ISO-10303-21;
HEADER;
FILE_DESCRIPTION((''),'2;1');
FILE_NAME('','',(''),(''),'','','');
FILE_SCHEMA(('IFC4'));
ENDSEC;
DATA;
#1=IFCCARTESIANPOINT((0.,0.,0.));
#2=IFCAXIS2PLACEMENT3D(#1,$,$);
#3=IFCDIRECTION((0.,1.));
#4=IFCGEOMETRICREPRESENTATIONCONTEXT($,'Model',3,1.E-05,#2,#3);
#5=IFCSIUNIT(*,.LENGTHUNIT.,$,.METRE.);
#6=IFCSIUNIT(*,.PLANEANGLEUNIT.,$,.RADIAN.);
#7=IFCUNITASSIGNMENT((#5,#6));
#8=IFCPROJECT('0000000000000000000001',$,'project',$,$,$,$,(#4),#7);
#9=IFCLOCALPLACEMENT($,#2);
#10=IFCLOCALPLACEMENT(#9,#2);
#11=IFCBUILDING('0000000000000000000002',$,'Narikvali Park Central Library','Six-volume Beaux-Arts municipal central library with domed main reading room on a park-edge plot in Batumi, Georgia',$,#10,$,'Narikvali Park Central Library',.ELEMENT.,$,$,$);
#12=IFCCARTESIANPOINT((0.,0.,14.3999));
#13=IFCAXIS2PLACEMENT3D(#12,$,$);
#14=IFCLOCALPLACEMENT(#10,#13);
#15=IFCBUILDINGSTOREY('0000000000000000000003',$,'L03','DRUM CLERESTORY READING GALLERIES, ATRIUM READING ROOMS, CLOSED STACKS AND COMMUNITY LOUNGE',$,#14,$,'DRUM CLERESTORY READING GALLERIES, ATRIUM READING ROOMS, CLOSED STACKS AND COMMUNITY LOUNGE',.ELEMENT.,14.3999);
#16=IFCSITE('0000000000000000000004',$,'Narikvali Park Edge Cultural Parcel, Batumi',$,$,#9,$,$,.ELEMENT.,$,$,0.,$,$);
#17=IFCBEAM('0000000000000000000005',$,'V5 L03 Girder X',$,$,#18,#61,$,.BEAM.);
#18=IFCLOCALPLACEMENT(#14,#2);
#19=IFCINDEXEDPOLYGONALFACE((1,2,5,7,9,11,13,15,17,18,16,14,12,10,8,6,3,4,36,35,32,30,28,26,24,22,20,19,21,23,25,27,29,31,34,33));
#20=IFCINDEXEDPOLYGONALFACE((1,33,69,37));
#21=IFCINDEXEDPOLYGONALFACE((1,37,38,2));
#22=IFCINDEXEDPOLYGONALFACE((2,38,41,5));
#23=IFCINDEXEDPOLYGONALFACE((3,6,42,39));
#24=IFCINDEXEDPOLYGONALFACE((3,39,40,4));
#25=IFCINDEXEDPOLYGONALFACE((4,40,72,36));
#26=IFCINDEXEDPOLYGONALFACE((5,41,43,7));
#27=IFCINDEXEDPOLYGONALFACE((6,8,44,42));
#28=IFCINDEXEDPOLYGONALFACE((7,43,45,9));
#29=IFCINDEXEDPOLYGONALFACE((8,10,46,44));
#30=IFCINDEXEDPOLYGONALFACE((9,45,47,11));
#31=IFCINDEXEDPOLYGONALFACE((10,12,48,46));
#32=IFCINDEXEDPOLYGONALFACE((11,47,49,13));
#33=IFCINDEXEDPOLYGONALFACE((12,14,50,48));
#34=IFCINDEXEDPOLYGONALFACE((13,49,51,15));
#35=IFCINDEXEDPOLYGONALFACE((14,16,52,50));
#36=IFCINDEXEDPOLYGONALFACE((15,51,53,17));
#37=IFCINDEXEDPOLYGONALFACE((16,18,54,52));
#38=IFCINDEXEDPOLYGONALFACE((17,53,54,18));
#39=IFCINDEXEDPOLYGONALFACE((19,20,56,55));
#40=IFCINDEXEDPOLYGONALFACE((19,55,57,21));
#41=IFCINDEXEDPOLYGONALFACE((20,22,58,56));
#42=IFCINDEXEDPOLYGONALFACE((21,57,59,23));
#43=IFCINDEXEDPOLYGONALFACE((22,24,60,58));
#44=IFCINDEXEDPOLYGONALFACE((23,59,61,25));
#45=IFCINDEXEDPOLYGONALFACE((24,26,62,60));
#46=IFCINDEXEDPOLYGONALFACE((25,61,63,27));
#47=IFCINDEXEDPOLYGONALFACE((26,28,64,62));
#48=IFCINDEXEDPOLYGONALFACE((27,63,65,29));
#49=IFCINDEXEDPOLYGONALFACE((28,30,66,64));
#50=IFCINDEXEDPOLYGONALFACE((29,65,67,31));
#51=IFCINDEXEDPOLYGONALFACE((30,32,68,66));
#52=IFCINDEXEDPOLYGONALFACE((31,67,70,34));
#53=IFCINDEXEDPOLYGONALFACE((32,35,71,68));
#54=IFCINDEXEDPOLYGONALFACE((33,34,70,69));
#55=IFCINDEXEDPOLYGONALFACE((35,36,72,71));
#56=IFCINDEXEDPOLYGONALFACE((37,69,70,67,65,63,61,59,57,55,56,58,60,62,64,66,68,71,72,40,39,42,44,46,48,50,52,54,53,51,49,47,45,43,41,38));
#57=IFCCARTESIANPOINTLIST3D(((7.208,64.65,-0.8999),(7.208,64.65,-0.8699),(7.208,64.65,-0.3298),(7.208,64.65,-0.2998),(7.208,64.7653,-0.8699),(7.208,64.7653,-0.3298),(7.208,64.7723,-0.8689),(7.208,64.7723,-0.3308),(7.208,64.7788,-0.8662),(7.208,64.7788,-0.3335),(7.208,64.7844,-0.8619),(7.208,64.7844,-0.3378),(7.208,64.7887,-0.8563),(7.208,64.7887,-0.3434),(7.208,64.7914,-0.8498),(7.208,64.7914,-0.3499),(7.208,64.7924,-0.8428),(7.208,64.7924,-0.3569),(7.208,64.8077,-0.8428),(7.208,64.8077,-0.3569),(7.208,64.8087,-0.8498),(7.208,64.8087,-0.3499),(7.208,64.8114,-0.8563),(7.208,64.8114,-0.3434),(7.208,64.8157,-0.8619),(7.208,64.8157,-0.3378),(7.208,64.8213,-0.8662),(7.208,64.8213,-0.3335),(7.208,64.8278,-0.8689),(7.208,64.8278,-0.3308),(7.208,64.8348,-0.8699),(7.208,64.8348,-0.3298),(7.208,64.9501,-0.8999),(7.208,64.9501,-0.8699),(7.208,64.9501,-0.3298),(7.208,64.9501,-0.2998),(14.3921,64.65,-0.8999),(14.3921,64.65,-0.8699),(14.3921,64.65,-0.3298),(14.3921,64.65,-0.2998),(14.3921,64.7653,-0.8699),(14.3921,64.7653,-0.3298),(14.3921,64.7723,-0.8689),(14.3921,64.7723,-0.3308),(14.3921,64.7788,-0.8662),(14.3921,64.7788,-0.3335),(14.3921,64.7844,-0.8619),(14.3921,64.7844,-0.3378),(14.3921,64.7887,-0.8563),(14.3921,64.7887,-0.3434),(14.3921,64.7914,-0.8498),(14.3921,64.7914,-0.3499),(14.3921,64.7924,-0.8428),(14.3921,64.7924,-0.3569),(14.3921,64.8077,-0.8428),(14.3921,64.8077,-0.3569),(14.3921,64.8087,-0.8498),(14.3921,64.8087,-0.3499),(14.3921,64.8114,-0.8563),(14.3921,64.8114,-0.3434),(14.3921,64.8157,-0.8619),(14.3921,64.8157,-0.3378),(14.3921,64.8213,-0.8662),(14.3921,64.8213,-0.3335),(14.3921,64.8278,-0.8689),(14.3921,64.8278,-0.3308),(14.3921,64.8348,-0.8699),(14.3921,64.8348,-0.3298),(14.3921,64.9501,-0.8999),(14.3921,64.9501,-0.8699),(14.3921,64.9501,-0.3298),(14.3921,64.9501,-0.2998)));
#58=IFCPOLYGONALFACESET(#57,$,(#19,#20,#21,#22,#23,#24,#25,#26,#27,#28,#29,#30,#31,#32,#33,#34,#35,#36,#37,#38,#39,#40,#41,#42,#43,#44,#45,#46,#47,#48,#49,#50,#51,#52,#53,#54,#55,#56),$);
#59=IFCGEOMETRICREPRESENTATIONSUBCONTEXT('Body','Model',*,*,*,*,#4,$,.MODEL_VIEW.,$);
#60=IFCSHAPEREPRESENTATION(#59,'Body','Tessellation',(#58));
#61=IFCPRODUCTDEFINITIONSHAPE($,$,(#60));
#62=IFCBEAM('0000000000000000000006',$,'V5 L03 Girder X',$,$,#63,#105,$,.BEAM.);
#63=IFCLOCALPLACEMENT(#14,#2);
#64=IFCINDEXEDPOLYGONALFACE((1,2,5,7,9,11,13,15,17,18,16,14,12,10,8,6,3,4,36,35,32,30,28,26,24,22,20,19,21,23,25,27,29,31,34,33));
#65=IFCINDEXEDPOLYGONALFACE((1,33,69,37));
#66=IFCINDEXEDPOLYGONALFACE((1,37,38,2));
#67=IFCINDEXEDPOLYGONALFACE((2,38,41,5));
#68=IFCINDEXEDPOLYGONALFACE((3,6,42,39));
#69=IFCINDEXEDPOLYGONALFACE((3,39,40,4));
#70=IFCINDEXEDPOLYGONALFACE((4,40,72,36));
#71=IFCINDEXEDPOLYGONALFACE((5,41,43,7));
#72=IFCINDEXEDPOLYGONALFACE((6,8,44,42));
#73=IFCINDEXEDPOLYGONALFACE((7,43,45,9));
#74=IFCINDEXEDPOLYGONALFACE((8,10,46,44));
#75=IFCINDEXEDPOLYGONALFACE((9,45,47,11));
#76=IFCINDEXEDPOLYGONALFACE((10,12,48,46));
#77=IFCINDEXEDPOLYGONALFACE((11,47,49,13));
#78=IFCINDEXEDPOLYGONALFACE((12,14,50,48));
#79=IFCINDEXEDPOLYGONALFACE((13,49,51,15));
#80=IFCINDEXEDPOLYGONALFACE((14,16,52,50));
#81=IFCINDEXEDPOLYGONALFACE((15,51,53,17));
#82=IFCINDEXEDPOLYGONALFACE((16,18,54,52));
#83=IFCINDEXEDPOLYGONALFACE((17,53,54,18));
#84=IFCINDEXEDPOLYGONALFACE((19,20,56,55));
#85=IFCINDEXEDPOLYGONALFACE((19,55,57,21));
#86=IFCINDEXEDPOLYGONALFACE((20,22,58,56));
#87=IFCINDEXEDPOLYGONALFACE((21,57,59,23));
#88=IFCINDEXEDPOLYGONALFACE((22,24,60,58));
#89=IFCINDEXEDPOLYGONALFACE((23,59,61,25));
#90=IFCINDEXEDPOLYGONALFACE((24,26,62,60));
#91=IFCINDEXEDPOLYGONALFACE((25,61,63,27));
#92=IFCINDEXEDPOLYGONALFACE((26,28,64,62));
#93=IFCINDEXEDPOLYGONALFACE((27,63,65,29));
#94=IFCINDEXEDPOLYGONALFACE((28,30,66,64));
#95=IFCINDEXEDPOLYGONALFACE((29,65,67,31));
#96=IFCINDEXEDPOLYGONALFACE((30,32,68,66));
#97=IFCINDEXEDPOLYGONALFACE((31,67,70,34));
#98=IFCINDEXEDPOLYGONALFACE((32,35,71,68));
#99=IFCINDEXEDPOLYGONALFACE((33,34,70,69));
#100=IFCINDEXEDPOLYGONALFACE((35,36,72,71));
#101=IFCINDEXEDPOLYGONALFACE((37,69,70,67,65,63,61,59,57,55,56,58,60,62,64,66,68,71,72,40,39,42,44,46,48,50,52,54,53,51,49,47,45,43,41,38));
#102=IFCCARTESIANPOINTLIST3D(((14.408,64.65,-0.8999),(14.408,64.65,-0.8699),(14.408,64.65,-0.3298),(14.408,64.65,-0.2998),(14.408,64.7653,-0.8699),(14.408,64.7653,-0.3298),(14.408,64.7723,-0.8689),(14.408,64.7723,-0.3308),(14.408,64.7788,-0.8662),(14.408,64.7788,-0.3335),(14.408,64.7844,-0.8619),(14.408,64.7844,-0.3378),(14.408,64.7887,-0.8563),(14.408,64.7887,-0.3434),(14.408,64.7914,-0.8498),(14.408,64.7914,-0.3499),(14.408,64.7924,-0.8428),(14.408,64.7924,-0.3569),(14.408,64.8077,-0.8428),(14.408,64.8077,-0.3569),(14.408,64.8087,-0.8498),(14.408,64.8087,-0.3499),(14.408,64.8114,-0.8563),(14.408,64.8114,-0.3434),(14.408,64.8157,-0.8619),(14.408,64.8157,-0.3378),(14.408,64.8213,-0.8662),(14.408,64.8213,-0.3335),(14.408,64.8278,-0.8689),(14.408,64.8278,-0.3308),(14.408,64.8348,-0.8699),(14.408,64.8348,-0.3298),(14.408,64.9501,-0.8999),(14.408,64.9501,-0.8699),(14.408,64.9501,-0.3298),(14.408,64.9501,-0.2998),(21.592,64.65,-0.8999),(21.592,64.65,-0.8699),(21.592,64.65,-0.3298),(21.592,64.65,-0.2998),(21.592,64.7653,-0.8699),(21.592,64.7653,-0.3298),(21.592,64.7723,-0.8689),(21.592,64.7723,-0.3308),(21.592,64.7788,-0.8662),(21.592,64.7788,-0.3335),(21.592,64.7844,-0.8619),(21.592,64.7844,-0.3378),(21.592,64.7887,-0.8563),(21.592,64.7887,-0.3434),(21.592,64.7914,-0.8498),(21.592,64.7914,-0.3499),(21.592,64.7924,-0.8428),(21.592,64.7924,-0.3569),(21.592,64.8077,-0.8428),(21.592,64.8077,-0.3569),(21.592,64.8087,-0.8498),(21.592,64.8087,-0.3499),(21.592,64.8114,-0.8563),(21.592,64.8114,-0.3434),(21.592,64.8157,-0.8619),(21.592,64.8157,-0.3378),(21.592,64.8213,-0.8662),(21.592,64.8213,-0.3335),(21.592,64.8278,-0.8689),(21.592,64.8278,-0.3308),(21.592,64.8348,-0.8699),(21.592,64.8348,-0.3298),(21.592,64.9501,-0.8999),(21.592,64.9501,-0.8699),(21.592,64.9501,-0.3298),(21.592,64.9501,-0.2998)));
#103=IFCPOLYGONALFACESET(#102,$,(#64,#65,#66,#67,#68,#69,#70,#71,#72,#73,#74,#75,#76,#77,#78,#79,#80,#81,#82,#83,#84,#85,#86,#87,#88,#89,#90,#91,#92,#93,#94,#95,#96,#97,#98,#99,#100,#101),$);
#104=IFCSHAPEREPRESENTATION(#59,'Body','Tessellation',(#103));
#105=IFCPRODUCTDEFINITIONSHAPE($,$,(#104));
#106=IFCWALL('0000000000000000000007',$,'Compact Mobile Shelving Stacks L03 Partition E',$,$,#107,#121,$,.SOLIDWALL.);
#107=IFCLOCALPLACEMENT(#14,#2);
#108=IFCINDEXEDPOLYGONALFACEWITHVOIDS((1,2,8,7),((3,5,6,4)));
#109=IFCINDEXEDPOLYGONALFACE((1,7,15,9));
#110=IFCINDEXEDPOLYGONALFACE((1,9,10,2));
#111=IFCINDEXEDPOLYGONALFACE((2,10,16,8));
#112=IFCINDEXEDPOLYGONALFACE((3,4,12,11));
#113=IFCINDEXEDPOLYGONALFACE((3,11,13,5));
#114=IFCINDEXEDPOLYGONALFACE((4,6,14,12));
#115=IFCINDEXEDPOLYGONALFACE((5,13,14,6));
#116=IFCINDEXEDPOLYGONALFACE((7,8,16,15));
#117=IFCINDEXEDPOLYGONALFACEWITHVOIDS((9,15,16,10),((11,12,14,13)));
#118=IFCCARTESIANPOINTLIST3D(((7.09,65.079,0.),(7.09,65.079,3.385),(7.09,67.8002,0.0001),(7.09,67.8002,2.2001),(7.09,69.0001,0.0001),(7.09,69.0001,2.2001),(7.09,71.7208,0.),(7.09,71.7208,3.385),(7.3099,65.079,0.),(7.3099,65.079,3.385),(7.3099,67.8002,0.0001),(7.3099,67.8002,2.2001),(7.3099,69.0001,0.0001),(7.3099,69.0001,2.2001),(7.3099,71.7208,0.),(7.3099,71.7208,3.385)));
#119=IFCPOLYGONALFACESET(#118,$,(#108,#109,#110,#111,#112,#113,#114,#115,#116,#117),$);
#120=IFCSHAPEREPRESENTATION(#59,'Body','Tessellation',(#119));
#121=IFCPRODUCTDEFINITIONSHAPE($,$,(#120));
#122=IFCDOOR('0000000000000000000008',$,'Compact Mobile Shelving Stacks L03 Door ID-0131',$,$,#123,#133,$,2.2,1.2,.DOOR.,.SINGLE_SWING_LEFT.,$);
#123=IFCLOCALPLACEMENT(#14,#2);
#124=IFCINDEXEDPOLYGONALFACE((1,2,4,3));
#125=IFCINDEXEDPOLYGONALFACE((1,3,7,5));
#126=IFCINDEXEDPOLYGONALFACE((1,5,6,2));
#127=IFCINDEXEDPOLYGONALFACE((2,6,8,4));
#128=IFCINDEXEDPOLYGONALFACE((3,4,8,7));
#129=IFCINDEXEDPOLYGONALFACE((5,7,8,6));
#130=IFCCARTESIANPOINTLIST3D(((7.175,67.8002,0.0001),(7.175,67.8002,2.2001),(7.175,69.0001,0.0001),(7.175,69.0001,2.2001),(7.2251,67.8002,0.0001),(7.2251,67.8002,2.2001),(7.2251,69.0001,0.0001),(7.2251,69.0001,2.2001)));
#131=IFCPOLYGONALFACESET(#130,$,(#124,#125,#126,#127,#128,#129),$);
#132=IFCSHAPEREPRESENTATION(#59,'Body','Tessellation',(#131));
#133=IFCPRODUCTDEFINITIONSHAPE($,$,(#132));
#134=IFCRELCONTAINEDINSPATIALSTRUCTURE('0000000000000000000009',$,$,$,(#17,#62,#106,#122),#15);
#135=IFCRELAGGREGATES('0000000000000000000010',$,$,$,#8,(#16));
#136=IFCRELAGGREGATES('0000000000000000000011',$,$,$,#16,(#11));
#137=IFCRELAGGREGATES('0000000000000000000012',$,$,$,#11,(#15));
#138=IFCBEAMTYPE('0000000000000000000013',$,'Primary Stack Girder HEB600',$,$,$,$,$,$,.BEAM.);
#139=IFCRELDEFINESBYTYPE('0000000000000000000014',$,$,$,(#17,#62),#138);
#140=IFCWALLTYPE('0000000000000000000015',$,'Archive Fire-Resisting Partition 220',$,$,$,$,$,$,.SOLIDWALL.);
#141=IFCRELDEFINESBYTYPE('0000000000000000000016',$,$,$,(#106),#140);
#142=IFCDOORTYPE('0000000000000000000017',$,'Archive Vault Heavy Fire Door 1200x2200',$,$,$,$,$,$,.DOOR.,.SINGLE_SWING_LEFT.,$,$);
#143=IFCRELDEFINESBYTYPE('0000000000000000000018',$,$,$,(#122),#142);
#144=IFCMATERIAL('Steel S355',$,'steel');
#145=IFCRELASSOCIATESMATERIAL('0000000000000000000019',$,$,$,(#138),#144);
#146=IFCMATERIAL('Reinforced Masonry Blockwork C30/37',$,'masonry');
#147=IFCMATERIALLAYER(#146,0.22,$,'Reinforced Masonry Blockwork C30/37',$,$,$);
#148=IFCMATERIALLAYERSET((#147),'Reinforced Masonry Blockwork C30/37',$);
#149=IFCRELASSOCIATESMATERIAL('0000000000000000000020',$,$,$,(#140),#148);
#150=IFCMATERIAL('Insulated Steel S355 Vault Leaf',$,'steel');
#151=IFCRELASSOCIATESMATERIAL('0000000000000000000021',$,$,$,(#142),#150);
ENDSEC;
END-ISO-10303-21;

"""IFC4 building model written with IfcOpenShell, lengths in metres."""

from ifc_helpers import new_model, si_unit, direction, frame, frame_2d, origin, origin_2d, place, context, subcontext, project, spatial, rectangle, i_section, extrude, material, layer, layer_set, material_profile, profile_set, type_object, element, fill, save


model = new_model("IFC4")

# Units and contexts
model_context = context("Model", 3, precision=1e-05, world=origin(), true_north=direction((0.0, 1.0)))
body_context = subcontext(model_context, "Body", "Model", "MODEL_VIEW")
ifc_project = project(units=[si_unit("LENGTHUNIT", "METRE"), si_unit("PLANEANGLEUNIT", "RADIAN")], contexts=[model_context])

# Site, building, storey
site_placement = place(None, origin())
site = spatial("IfcSite", under=ifc_project, at=site_placement, Name="Narikvali Park Edge Cultural Parcel, Batumi", CompositionType="ELEMENT", RefElevation=0.0)
building_placement = place(site_placement, origin())
building = spatial("IfcBuilding", under=site, at=building_placement, Name="Narikvali Park Central Library", Description="Six-volume Beaux-Arts municipal central library with domed main reading room on a park-edge plot in Batumi, Georgia", LongName="Narikvali Park Central Library", CompositionType="ELEMENT")
storey_placement = place(building_placement, frame((0.0, 0.0, 14.3999)))
storey = spatial("IfcBuildingStorey", under=building, at=storey_placement, Name="L03", Description="DRUM CLERESTORY READING GALLERIES, ATRIUM READING ROOMS, CLOSED STACKS AND COMMUNITY LOUNGE", LongName="DRUM CLERESTORY READING GALLERIES, ATRIUM READING ROOMS, CLOSED STACKS AND COMMUNITY LOUNGE", CompositionType="ELEMENT", Elevation=14.3999)

# Shared definitions
ifc_material_1 = material(Name="Steel S355", Category="steel")

# Beams
ifc_material_profile_1 = material_profile(ifc_material_1, i_section(OverallWidth=0.3, OverallDepth=0.6001, WebThickness=0.0154, FlangeThickness=0.03, FilletRadius=0.0271, at=origin_2d()), Name="HEB 600")
ifc_profile_set_1 = profile_set([ifc_material_profile_1], Name="Steel S355")
beam_type_1 = type_object("IfcBeamType", Name="Primary Stack Girder HEB600", PredefinedType="BEAM", material=ifc_profile_set_1)
for number, where, z_axis, x_axis, name in (
    (1, (7.208, 64.8, -0.5999), (1.0, 0.0, 0.0), (0.0, 1.0, 0.0), "V5 L03 Girder X"),
    (2, (14.408, 64.8, -0.5999), (1.0, 0.0, 0.0), (0.0, 1.0, 0.0), "V5 L03 Girder X"),
):
    element("IfcBeam", number, at=place(storey_placement, frame(where, z_axis=z_axis, x_axis=x_axis)), inside=storey, type_object=beam_type_1, Name=name, PredefinedType="BEAM", context=body_context, shape_type="SweptSolid", body=[
        extrude(i_section(OverallWidth=0.3, OverallDepth=0.6001, WebThickness=0.0154, FlangeThickness=0.03, FilletRadius=0.0271, at=origin_2d()), origin(), (0.0, 0.0, 1.0), 7.1841),
    ])

# Wall, opening, door
ifc_material_2 = material(Name="Reinforced Masonry Blockwork C30/37", Category="masonry")
ifc_layer = layer(ifc_material_2, 0.22, Name="Reinforced Masonry Blockwork C30/37")
ifc_layer_set = layer_set([ifc_layer], Name="Reinforced Masonry Blockwork C30/37")
wall_type = type_object("IfcWallType", Name="Archive Fire-Resisting Partition 220", PredefinedType="SOLIDWALL", material=ifc_layer_set)
wall_placement = place(storey_placement, frame((7.2, 65.0791, 0.0), z_axis=(0.0, 0.0, 1.0), x_axis=(0.0, 1.0, 0.0)))
wall = element("IfcWall", 3, at=wall_placement, inside=storey, type_object=wall_type, Name="Compact Mobile Shelving Stacks L03 Partition E", PredefinedType="SOLIDWALL", context=body_context, shape_type="SweptSolid", body=[
    extrude(rectangle(XDim=6.6418, YDim=0.22, at=frame_2d((3.3208, 0.0))), origin(), (0.0, 0.0, 1.0), 3.385),
])
opening_placement = place(wall_placement, frame((2.7209, 0.0, 0.0)))
opening = element("IfcOpeningElement", 4, at=opening_placement, cuts=wall, PredefinedType="OPENING", context=body_context, shape_type="SweptSolid", body=[
    extrude(rectangle(XDim=1.2, YDim=2.2, at=frame_2d((0.6001, 1.1001))), frame((0.0, 0.1221, 0.0), z_axis=(0.0, -1.0, 0.0), x_axis=(1.0, 0.0, 0.0)), (0.0, 0.0, 1.0), 0.2439),
])
ifc_material_3 = material(Name="Insulated Steel S355 Vault Leaf", Category="steel")
door_type = type_object("IfcDoorType", Name="Archive Vault Heavy Fire Door 1200x2200", OperationType="SINGLE_SWING_LEFT", PredefinedType="DOOR", material=ifc_material_3)
door_placement = place(opening_placement, origin())
door = element("IfcDoor", 5, at=door_placement, inside=storey, type_object=door_type, Name="Compact Mobile Shelving Stacks L03 Door ID-0131", OperationType="SINGLE_SWING_LEFT", OverallHeight=2.2, OverallWidth=1.2, PredefinedType="DOOR", context=body_context, shape_type="SweptSolid", body=[
    extrude(rectangle(XDim=1.2, YDim=2.2, at=frame_2d((0.6001, 1.1001))), frame((0.0, 0.0249, 0.0), z_axis=(0.0, -1.0, 0.0), x_axis=(1.0, 0.0, 0.0)), (0.0, 0.0, 1.0), 0.05),
])
fill(opening, door)

save(model, "model.ifc")
